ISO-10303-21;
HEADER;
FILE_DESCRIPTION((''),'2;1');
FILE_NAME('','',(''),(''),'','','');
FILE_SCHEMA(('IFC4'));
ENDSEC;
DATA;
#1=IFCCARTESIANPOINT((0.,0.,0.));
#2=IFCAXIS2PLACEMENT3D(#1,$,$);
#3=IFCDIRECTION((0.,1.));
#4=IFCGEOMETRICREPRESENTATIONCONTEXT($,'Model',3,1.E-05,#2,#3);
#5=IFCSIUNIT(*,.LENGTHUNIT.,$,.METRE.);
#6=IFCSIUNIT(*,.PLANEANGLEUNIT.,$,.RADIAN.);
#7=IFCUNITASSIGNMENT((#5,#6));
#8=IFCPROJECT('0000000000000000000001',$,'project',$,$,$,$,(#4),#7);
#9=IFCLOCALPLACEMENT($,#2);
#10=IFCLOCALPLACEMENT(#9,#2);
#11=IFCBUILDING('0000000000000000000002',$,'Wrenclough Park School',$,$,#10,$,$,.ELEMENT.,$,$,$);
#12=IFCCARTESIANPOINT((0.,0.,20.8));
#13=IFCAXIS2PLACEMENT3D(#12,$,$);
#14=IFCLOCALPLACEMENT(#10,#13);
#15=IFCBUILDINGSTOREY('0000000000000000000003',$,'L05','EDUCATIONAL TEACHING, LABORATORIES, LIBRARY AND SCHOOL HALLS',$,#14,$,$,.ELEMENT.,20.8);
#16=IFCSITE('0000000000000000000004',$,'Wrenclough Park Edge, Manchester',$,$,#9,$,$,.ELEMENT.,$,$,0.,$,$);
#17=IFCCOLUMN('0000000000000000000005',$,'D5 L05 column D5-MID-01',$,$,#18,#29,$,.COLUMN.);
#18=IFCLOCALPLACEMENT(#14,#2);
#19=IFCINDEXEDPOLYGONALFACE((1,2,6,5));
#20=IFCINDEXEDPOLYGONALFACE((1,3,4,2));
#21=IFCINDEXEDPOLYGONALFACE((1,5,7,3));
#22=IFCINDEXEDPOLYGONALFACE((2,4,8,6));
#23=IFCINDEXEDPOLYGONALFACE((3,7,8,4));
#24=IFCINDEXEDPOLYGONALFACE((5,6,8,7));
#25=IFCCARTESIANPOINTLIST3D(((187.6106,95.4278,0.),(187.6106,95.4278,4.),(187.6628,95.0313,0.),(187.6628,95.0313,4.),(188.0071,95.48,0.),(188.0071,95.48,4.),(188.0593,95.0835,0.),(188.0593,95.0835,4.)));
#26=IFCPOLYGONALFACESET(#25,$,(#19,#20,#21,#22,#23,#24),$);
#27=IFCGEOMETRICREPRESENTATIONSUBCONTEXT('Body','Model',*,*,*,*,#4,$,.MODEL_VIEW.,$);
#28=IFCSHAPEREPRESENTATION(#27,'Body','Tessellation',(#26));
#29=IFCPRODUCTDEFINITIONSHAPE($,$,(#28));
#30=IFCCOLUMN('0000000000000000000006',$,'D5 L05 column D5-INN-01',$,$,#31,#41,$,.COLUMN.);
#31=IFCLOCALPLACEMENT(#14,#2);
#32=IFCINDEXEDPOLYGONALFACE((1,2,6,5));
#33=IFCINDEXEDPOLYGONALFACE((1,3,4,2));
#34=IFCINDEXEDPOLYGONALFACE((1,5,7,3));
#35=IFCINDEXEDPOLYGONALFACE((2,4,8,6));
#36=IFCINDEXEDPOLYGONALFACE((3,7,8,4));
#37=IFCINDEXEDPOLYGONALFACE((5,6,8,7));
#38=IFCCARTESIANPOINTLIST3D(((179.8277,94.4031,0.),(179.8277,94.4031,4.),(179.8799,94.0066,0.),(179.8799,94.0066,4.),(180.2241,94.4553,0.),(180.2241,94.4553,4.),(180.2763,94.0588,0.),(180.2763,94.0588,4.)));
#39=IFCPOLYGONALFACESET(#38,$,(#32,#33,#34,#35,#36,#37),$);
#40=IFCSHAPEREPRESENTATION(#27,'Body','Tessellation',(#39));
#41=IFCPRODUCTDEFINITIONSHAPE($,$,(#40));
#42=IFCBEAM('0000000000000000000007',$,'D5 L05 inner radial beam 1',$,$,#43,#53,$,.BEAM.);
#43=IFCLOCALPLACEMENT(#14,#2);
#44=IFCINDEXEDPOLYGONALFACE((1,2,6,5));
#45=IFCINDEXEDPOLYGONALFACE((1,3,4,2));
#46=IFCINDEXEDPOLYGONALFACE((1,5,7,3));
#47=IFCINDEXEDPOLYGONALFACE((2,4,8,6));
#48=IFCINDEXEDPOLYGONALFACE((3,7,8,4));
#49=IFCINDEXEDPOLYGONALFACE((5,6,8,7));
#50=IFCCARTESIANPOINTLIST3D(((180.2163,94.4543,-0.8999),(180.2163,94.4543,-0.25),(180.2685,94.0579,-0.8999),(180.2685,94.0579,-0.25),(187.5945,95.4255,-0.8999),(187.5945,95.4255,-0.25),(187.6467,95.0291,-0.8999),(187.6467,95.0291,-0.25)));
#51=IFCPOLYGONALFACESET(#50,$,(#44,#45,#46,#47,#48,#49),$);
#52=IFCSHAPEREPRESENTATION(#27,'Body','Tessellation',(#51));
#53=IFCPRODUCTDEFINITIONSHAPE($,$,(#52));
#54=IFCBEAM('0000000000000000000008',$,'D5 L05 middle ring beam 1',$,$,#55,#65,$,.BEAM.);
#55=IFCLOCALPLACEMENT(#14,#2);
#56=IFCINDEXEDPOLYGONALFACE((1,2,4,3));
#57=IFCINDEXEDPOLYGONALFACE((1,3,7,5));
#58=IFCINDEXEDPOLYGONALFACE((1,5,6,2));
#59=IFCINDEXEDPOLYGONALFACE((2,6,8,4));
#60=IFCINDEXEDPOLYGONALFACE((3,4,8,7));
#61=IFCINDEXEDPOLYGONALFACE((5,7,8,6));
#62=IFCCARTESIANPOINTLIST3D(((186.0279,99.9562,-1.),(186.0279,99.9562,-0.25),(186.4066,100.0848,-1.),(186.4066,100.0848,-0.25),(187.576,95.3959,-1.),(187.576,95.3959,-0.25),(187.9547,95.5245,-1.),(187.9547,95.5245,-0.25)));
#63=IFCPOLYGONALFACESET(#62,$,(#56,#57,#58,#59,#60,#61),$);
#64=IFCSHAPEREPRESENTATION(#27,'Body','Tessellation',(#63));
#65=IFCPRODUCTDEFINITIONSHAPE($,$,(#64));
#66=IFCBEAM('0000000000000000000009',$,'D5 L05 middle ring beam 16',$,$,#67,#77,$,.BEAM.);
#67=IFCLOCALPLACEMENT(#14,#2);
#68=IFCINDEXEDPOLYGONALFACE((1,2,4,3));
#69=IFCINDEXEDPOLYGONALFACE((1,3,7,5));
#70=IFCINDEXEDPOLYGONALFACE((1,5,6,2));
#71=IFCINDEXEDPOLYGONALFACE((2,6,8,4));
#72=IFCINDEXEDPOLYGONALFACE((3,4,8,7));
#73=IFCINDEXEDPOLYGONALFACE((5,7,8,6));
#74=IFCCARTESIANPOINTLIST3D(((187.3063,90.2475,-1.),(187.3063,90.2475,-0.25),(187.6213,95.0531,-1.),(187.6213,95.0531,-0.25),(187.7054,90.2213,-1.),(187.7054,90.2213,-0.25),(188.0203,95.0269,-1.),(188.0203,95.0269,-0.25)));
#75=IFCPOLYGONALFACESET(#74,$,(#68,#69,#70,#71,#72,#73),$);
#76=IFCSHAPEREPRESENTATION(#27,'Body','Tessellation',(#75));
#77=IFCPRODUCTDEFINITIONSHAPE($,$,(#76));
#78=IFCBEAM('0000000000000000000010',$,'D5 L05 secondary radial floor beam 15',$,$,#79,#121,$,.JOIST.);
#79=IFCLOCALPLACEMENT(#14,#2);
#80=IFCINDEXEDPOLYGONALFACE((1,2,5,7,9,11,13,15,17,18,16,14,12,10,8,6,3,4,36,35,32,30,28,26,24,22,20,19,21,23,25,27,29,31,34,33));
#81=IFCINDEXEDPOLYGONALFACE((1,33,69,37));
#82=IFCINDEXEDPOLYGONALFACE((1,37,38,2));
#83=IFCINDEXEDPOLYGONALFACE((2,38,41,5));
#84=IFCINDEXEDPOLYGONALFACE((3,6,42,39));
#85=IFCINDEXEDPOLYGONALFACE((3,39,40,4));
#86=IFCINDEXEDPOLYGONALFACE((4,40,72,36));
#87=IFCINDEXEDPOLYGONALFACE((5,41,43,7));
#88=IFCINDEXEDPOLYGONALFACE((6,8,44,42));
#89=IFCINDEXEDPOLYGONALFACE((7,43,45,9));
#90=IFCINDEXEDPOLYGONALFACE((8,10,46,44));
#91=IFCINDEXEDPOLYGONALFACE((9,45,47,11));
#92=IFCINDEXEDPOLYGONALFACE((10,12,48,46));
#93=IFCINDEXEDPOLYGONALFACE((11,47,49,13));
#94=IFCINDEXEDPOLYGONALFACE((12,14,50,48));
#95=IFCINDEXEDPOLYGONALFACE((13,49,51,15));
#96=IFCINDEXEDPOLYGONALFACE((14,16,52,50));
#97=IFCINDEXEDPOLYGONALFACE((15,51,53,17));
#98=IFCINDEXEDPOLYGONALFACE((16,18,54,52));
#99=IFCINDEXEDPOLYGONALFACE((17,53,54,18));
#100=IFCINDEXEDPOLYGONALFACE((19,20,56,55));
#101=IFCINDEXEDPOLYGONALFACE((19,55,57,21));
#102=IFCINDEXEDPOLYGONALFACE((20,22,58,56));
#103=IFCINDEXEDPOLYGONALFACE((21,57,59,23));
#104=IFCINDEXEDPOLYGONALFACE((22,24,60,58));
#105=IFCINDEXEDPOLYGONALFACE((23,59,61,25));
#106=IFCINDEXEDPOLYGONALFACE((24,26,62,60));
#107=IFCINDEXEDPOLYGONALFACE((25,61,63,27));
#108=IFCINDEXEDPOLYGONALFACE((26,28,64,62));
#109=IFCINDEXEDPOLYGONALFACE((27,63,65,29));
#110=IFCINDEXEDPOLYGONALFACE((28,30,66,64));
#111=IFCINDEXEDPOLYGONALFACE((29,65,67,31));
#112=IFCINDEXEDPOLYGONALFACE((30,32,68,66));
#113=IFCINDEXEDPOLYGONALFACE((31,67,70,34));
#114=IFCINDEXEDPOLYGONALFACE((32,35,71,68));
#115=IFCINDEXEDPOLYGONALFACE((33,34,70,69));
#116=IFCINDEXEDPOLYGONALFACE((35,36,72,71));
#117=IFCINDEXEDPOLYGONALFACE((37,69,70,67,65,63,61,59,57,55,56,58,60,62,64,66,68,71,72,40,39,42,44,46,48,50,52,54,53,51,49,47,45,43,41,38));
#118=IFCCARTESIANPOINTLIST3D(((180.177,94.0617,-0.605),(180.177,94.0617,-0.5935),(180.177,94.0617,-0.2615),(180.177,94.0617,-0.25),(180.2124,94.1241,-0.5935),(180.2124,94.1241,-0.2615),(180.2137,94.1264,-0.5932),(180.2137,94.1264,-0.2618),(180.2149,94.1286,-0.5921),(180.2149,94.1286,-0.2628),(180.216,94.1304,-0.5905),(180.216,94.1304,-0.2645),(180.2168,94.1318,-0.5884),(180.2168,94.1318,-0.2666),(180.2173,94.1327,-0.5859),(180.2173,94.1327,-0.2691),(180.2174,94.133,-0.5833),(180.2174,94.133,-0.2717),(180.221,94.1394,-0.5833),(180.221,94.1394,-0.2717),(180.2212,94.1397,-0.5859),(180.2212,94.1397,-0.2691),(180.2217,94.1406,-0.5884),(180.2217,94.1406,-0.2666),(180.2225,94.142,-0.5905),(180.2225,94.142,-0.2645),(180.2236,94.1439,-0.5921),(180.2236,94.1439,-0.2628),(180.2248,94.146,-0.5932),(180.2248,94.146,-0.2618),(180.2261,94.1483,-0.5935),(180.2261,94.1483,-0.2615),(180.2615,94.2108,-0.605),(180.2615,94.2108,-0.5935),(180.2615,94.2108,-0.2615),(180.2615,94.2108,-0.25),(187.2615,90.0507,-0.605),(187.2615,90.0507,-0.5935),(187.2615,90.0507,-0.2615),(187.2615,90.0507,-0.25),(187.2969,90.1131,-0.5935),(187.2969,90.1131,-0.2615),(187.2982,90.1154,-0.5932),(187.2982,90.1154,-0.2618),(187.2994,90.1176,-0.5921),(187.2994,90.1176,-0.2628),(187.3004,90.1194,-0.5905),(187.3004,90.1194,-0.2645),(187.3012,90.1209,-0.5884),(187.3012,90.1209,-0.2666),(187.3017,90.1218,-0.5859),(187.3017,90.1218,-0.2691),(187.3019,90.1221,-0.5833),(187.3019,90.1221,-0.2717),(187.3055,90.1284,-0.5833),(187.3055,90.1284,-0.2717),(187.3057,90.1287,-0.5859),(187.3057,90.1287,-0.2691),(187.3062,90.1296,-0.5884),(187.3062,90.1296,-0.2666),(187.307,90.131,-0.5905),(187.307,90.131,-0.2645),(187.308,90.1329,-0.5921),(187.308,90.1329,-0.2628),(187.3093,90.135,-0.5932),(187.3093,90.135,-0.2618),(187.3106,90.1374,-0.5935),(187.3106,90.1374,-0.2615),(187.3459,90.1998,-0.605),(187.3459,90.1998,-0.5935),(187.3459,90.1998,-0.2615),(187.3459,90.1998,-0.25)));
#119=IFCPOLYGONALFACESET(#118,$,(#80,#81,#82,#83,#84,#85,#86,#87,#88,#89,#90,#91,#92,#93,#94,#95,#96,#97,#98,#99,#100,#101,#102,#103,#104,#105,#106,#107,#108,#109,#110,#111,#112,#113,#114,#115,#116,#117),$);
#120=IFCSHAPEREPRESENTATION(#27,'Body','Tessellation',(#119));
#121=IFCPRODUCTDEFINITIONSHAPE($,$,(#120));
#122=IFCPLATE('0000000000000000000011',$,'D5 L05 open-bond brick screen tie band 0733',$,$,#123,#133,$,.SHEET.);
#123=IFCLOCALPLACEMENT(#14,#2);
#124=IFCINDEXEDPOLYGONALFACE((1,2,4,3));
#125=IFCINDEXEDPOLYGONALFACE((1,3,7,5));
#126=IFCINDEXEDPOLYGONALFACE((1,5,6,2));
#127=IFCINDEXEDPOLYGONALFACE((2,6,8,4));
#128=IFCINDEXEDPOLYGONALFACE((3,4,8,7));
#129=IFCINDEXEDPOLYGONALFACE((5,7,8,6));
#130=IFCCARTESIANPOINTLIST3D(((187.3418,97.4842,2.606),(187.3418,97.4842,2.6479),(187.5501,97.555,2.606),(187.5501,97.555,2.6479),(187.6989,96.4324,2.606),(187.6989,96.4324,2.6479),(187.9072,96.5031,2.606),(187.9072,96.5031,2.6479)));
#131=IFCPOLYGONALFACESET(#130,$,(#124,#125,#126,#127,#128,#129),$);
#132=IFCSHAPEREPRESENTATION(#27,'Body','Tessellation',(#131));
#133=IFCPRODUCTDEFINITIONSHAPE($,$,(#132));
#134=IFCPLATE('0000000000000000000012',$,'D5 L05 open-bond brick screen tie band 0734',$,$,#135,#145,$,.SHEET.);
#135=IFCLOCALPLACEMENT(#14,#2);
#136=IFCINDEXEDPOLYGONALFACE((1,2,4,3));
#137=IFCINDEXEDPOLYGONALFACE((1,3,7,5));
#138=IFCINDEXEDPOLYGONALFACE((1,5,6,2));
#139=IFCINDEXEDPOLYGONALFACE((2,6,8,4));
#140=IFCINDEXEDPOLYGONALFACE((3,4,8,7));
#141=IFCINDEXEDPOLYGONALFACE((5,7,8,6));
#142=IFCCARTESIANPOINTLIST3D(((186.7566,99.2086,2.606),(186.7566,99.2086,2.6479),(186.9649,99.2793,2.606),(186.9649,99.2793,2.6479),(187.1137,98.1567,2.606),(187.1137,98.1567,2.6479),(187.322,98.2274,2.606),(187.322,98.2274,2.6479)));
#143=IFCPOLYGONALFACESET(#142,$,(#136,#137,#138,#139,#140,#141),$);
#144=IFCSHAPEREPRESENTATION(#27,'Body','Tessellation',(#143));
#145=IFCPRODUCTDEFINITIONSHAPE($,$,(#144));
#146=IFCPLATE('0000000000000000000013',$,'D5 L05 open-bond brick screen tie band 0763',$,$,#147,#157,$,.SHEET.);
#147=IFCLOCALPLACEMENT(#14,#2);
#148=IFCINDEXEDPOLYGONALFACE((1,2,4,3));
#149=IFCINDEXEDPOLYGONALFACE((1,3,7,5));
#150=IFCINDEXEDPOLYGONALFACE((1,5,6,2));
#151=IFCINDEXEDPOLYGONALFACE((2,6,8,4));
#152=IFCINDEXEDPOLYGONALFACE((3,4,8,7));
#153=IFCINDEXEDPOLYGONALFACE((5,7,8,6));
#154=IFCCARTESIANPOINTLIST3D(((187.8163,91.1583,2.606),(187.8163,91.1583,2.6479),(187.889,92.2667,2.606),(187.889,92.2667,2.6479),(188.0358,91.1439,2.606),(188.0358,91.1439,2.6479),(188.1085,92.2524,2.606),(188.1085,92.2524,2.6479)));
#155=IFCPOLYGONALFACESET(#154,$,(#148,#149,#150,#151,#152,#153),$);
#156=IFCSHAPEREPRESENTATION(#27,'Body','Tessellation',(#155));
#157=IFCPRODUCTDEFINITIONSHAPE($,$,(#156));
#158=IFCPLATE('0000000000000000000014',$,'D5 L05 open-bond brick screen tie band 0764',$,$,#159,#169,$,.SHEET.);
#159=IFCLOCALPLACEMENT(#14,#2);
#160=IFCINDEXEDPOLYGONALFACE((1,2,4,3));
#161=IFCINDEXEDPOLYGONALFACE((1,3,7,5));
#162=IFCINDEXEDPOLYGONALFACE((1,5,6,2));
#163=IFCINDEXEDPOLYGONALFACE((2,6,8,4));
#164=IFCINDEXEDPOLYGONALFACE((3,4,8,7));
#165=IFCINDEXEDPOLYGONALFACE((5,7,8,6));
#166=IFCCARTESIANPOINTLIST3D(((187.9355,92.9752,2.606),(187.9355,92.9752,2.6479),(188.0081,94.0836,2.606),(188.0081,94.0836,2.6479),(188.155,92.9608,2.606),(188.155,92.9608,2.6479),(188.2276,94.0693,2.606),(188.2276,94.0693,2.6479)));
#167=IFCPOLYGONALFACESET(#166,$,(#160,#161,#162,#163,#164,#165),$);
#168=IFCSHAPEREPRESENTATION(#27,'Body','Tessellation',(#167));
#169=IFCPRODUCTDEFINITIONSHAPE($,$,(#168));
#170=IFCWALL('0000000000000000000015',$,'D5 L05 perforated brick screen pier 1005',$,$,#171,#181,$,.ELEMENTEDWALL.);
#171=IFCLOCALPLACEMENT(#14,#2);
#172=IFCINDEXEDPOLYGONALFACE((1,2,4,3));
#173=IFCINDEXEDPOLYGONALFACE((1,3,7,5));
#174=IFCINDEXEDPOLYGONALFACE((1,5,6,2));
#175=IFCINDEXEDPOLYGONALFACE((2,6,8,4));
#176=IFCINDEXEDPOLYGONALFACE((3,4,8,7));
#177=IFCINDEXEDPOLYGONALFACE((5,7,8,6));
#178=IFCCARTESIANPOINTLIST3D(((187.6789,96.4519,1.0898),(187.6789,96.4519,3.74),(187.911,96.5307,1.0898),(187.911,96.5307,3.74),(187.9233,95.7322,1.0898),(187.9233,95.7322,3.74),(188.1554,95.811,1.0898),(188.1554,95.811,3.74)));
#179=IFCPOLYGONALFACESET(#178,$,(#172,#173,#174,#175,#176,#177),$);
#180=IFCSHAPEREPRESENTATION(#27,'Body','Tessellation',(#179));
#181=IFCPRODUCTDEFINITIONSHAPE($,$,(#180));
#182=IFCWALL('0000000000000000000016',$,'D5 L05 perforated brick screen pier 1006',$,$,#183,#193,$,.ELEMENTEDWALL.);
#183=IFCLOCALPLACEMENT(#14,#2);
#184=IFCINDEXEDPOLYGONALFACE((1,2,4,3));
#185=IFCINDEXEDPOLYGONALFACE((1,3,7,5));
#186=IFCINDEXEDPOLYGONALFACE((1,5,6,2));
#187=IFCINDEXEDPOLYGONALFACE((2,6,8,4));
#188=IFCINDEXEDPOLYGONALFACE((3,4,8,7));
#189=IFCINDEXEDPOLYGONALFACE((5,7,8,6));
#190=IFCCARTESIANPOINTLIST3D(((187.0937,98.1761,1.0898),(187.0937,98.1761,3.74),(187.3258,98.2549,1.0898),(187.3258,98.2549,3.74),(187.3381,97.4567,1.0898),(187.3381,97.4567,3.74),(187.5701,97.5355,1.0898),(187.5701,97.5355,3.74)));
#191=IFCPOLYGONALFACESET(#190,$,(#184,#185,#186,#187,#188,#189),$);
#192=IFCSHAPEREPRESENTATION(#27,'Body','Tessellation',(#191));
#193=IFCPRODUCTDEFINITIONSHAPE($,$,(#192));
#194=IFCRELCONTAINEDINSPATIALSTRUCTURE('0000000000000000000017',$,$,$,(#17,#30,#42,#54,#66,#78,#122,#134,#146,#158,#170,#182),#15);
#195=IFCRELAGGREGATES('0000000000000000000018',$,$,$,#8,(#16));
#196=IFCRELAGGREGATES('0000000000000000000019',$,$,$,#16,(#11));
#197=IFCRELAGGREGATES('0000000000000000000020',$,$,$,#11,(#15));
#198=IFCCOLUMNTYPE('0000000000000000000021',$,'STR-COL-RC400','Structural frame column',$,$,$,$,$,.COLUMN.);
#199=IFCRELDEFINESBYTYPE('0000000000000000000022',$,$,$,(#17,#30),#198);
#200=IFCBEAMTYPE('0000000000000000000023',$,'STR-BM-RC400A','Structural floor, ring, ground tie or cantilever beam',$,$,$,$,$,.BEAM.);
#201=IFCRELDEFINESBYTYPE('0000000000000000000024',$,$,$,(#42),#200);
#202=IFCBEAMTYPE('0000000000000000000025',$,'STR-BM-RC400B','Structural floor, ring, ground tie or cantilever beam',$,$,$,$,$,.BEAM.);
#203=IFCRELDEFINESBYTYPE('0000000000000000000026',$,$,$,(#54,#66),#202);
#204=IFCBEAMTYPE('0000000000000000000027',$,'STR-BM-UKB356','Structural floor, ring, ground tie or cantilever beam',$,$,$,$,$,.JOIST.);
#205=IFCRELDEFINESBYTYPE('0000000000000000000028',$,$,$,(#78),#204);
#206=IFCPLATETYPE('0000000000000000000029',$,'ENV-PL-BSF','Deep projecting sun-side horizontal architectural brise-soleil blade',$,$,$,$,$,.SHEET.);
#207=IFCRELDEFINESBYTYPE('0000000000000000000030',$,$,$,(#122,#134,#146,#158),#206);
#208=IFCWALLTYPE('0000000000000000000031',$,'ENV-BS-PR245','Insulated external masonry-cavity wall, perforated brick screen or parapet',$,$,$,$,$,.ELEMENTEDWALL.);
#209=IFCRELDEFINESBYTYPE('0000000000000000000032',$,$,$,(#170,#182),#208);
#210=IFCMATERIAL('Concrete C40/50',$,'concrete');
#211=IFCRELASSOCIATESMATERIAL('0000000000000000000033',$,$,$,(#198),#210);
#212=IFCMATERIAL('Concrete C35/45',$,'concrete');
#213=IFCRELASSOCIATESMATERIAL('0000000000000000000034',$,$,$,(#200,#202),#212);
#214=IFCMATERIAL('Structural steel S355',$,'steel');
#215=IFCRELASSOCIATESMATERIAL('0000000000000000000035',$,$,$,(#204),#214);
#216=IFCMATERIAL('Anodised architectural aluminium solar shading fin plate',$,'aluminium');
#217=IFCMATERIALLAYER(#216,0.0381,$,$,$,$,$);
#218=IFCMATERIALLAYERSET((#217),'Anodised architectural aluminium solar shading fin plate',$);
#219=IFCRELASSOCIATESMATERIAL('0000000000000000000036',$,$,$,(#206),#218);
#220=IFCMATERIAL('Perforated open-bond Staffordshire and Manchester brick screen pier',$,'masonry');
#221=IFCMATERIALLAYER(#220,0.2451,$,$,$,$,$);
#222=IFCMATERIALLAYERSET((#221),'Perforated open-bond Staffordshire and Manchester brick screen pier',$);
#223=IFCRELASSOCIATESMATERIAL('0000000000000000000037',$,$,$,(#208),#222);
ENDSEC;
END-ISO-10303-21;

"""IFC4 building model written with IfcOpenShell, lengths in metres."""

from ifc_helpers import new_model, si_unit, direction, frame, frame_2d, origin, origin_2d, place, context, subcontext, project, spatial, rectangle, i_section, extrude, material, layer, layer_set, material_profile, profile_set, type_object, element, save


model = new_model("IFC4")

# Units and contexts
model_context = context("Model", 3, precision=1e-05, world=origin(), true_north=direction((0.0, 1.0)))
body_context = subcontext(model_context, "Body", "Model", "MODEL_VIEW")
ifc_project = project(units=[si_unit("LENGTHUNIT", "METRE"), si_unit("PLANEANGLEUNIT", "RADIAN")], contexts=[model_context])

# Site, building, storey
site_placement = place(None, origin())
site = spatial("IfcSite", under=ifc_project, at=site_placement, Name="Wrenclough Park Edge, Manchester", CompositionType="ELEMENT", RefElevation=0.0)
building_placement = place(site_placement, origin())
building = spatial("IfcBuilding", under=site, at=building_placement, Name="Wrenclough Park School", CompositionType="ELEMENT")
storey_placement = place(building_placement, frame((0.0, 0.0, 20.8)))
storey = spatial("IfcBuildingStorey", under=building, at=storey_placement, Name="L05", Description="EDUCATIONAL TEACHING, LABORATORIES, LIBRARY AND SCHOOL HALLS", CompositionType="ELEMENT", Elevation=20.8)

# Columns
ifc_material_1 = material(Name="Concrete C40/50", Category="concrete")
ifc_material_profile_1 = material_profile(ifc_material_1, rectangle(XDim=0.3999, YDim=0.3999, at=origin_2d()), Name="RC COL 400x400")
ifc_profile_set_1 = profile_set([ifc_material_profile_1], Name="Concrete C40/50")
column_type = type_object("IfcColumnType", Name="STR-COL-RC400", Description="Structural frame column", PredefinedType="COLUMN", material=ifc_profile_set_1)
for number, where, z_axis, x_axis, name in (
    (1, (187.835, 95.2556, 0.0), (0.0, 0.0, 1.0), (-0.130526, 0.991445, 0.0), "D5 L05 column D5-MID-01"),
    (2, (180.052, 94.231, 0.0), (0.0, 0.0, 1.0), (0.991445, 0.130526, 0.0), "D5 L05 column D5-INN-01"),
):
    element("IfcColumn", number, at=place(storey_placement, frame(where, z_axis=z_axis, x_axis=x_axis)), inside=storey, type_object=column_type, Name=name, PredefinedType="COLUMN", context=body_context, shape_type="SweptSolid", body=[
        extrude(rectangle(XDim=0.3999, YDim=0.3999, at=origin_2d()), origin(), (0.0, 0.0, 1.0), 4.0),
    ])

# Beams
ifc_material_2 = material(Name="Concrete C35/45", Category="concrete")
ifc_material_profile_2 = material_profile(ifc_material_2, rectangle(XDim=0.3999, YDim=0.6499, at=origin_2d()), Name="RC BEAM 400x650")
ifc_profile_set_2 = profile_set([ifc_material_profile_2], Name="Concrete C35/45")
beam_type_1 = type_object("IfcBeamType", Name="STR-BM-RC400A", Description="Structural floor, ring, ground tie or cantilever beam", PredefinedType="BEAM", material=ifc_profile_set_2)
beam_1_placement = place(storey_placement, frame((187.6206, 95.2273, -0.575), z_axis=(-0.991448, -0.130505, 0.0), x_axis=(0.130505, -0.991448, 0.0)))
element("IfcBeam", 3, at=beam_1_placement, inside=storey, type_object=beam_type_1, Name="D5 L05 inner radial beam 1", PredefinedType="BEAM", context=body_context, shape_type="SweptSolid", body=[
    extrude(rectangle(XDim=0.3999, YDim=0.6499, at=origin_2d()), origin(), (0.0, 0.0, 1.0), 7.4419),
])
ifc_material_profile_3 = material_profile(ifc_material_2, rectangle(XDim=0.3999, YDim=0.75, at=origin_2d()), Name="RC BEAM 400x750")
ifc_profile_set_3 = profile_set([ifc_material_profile_3], Name="Concrete C35/45")
beam_type_2 = type_object("IfcBeamType", Name="STR-BM-RC400B", Description="Structural floor, ring, ground tie or cantilever beam", PredefinedType="BEAM", material=ifc_profile_set_3)
for number, where, z_axis, x_axis, name in (
    (4, (187.7654, 95.4602, -0.625), (-0.321455, 0.946925, 0.0), (-0.946925, -0.321455, 0.0), "D5 L05 middle ring beam 1"),
    (5, (187.5059, 90.2344, -0.625), (0.065395, 0.997859, 0.0), (-0.997859, 0.065395, 0.0), "D5 L05 middle ring beam 16"),
):
    element("IfcBeam", number, at=place(storey_placement, frame(where, z_axis=z_axis, x_axis=x_axis)), inside=storey, type_object=beam_type_2, Name=name, PredefinedType="BEAM", context=body_context, shape_type="SweptSolid", body=[
        extrude(rectangle(XDim=0.3999, YDim=0.75, at=origin_2d()), origin(), (0.0, 0.0, 1.0), 4.8159),
    ])
ifc_material_3 = material(Name="Structural steel S355", Category="steel")
ifc_material_profile_4 = material_profile(ifc_material_3, i_section(OverallWidth=0.1714, OverallDepth=0.355, WebThickness=0.0073, FlangeThickness=0.0115, FilletRadius=0.0103, at=origin_2d()), Name="UKB 356x171x51")
ifc_profile_set_4 = profile_set([ifc_material_profile_4], Name="Structural steel S355")
beam_type_3 = type_object("IfcBeamType", Name="STR-BM-UKB356", Description="Structural floor, ring, ground tie or cantilever beam", PredefinedType="JOIST", material=ifc_profile_set_4)
beam_2_placement = place(storey_placement, frame((187.3037, 90.1252, -0.4275), z_axis=(-0.870209, 0.492683, 0.0), x_axis=(-0.492683, -0.870209, 0.0)))
element("IfcBeam", 6, at=beam_2_placement, inside=storey, type_object=beam_type_3, Name="D5 L05 secondary radial floor beam 15", PredefinedType="JOIST", context=body_context, shape_type="SweptSolid", body=[
    extrude(i_section(OverallWidth=0.1714, OverallDepth=0.355, WebThickness=0.0073, FlangeThickness=0.0115, FilletRadius=0.0103, at=origin_2d()), origin(), (0.0, 0.0, 1.0), 8.1411),
])

# Plates
ifc_material_4 = material(Name="Anodised architectural aluminium solar shading fin plate", Category="aluminium")
ifc_layer_1 = layer(ifc_material_4, 0.0381)
ifc_layer_set_1 = layer_set([ifc_layer_1], Name="Anodised architectural aluminium solar shading fin plate")
plate_type = type_object("IfcPlateType", Name="ENV-PL-BSF", Description="Deep projecting sun-side horizontal architectural brise-soleil blade", PredefinedType="SHEET", material=ifc_layer_set_1)
for number, where, z_axis, x_axis, name in (
    (7, (187.6245, 96.9937, 2.606), (0.0, 0.0, 1.0), (-0.321429, 0.946934, 0.0), "D5 L05 open-bond brick screen tie band 0733"),
    (8, (187.0393, 98.718, 2.606), (0.0, 0.0, 1.0), (-0.321429, 0.946934, 0.0), "D5 L05 open-bond brick screen tie band 0734"),
    (9, (187.9624, 91.7053, 2.606), (0.0, 0.0, 1.0), (0.06539, 0.99786, 0.0), "D5 L05 open-bond brick screen tie band 0763"),
    (10, (188.0815, 93.5222, 2.606), (0.0, 0.0, 1.0), (0.06539, 0.99786, 0.0), "D5 L05 open-bond brick screen tie band 0764"),
):
    element("IfcPlate", number, at=place(storey_placement, frame(where, z_axis=z_axis, x_axis=x_axis)), inside=storey, type_object=plate_type, Name=name, PredefinedType="SHEET", context=body_context, shape_type="SweptSolid", body=[
        extrude(rectangle(XDim=1.1108, YDim=0.22, at=origin_2d()), origin(), (0.0, 0.0, 1.0), 0.042),
    ])

# Walls
ifc_material_5 = material(Name="Perforated open-bond Staffordshire and Manchester brick screen pier", Category="masonry")
ifc_layer_2 = layer(ifc_material_5, 0.2451)
ifc_layer_set_2 = layer_set([ifc_layer_2], Name="Perforated open-bond Staffordshire and Manchester brick screen pier")
wall_type_1 = type_object("IfcWallType", Name="ENV-BS-PR245", Description="Insulated external masonry-cavity wall, perforated brick screen or parapet", PredefinedType="ELEMENTEDWALL", material=ifc_layer_set_2)
wall_1_placement = place(storey_placement, frame((188.0393, 95.7717, 1.0898), z_axis=(0.0, 0.0, 1.0), x_axis=(-0.321523, 0.946902, 0.0)))
element("IfcWall", 11, at=wall_1_placement, inside=storey, type_object=wall_type_1, Name="D5 L05 perforated brick screen pier 1005", PredefinedType="ELEMENTEDWALL", context=body_context, shape_type="SweptSolid", body=[
    extrude(rectangle(XDim=0.76, YDim=0.2451, at=frame_2d((0.3799, 0.0))), origin(), (0.0, 0.0, 1.0), 2.6501),
])
for number, where, z_axis, x_axis, name in (
    (12, (187.4541, 97.4961, 1.0898), (0.0, 0.0, 1.0), (-0.32162, 0.946869, 0.0), "D5 L05 perforated brick screen pier 1006"),
):
    element("IfcWall", number, at=place(storey_placement, frame(where, z_axis=z_axis, x_axis=x_axis)), inside=storey, type_object=wall_type_1, Name=name, PredefinedType="ELEMENTEDWALL", context=body_context, shape_type="SweptSolid", body=[
        extrude(rectangle(XDim=0.7598, YDim=0.2451, at=frame_2d((0.3799, 0.0))), origin(), (0.0, 0.0, 1.0), 2.6501),
    ])

save(model, "model.ifc")
